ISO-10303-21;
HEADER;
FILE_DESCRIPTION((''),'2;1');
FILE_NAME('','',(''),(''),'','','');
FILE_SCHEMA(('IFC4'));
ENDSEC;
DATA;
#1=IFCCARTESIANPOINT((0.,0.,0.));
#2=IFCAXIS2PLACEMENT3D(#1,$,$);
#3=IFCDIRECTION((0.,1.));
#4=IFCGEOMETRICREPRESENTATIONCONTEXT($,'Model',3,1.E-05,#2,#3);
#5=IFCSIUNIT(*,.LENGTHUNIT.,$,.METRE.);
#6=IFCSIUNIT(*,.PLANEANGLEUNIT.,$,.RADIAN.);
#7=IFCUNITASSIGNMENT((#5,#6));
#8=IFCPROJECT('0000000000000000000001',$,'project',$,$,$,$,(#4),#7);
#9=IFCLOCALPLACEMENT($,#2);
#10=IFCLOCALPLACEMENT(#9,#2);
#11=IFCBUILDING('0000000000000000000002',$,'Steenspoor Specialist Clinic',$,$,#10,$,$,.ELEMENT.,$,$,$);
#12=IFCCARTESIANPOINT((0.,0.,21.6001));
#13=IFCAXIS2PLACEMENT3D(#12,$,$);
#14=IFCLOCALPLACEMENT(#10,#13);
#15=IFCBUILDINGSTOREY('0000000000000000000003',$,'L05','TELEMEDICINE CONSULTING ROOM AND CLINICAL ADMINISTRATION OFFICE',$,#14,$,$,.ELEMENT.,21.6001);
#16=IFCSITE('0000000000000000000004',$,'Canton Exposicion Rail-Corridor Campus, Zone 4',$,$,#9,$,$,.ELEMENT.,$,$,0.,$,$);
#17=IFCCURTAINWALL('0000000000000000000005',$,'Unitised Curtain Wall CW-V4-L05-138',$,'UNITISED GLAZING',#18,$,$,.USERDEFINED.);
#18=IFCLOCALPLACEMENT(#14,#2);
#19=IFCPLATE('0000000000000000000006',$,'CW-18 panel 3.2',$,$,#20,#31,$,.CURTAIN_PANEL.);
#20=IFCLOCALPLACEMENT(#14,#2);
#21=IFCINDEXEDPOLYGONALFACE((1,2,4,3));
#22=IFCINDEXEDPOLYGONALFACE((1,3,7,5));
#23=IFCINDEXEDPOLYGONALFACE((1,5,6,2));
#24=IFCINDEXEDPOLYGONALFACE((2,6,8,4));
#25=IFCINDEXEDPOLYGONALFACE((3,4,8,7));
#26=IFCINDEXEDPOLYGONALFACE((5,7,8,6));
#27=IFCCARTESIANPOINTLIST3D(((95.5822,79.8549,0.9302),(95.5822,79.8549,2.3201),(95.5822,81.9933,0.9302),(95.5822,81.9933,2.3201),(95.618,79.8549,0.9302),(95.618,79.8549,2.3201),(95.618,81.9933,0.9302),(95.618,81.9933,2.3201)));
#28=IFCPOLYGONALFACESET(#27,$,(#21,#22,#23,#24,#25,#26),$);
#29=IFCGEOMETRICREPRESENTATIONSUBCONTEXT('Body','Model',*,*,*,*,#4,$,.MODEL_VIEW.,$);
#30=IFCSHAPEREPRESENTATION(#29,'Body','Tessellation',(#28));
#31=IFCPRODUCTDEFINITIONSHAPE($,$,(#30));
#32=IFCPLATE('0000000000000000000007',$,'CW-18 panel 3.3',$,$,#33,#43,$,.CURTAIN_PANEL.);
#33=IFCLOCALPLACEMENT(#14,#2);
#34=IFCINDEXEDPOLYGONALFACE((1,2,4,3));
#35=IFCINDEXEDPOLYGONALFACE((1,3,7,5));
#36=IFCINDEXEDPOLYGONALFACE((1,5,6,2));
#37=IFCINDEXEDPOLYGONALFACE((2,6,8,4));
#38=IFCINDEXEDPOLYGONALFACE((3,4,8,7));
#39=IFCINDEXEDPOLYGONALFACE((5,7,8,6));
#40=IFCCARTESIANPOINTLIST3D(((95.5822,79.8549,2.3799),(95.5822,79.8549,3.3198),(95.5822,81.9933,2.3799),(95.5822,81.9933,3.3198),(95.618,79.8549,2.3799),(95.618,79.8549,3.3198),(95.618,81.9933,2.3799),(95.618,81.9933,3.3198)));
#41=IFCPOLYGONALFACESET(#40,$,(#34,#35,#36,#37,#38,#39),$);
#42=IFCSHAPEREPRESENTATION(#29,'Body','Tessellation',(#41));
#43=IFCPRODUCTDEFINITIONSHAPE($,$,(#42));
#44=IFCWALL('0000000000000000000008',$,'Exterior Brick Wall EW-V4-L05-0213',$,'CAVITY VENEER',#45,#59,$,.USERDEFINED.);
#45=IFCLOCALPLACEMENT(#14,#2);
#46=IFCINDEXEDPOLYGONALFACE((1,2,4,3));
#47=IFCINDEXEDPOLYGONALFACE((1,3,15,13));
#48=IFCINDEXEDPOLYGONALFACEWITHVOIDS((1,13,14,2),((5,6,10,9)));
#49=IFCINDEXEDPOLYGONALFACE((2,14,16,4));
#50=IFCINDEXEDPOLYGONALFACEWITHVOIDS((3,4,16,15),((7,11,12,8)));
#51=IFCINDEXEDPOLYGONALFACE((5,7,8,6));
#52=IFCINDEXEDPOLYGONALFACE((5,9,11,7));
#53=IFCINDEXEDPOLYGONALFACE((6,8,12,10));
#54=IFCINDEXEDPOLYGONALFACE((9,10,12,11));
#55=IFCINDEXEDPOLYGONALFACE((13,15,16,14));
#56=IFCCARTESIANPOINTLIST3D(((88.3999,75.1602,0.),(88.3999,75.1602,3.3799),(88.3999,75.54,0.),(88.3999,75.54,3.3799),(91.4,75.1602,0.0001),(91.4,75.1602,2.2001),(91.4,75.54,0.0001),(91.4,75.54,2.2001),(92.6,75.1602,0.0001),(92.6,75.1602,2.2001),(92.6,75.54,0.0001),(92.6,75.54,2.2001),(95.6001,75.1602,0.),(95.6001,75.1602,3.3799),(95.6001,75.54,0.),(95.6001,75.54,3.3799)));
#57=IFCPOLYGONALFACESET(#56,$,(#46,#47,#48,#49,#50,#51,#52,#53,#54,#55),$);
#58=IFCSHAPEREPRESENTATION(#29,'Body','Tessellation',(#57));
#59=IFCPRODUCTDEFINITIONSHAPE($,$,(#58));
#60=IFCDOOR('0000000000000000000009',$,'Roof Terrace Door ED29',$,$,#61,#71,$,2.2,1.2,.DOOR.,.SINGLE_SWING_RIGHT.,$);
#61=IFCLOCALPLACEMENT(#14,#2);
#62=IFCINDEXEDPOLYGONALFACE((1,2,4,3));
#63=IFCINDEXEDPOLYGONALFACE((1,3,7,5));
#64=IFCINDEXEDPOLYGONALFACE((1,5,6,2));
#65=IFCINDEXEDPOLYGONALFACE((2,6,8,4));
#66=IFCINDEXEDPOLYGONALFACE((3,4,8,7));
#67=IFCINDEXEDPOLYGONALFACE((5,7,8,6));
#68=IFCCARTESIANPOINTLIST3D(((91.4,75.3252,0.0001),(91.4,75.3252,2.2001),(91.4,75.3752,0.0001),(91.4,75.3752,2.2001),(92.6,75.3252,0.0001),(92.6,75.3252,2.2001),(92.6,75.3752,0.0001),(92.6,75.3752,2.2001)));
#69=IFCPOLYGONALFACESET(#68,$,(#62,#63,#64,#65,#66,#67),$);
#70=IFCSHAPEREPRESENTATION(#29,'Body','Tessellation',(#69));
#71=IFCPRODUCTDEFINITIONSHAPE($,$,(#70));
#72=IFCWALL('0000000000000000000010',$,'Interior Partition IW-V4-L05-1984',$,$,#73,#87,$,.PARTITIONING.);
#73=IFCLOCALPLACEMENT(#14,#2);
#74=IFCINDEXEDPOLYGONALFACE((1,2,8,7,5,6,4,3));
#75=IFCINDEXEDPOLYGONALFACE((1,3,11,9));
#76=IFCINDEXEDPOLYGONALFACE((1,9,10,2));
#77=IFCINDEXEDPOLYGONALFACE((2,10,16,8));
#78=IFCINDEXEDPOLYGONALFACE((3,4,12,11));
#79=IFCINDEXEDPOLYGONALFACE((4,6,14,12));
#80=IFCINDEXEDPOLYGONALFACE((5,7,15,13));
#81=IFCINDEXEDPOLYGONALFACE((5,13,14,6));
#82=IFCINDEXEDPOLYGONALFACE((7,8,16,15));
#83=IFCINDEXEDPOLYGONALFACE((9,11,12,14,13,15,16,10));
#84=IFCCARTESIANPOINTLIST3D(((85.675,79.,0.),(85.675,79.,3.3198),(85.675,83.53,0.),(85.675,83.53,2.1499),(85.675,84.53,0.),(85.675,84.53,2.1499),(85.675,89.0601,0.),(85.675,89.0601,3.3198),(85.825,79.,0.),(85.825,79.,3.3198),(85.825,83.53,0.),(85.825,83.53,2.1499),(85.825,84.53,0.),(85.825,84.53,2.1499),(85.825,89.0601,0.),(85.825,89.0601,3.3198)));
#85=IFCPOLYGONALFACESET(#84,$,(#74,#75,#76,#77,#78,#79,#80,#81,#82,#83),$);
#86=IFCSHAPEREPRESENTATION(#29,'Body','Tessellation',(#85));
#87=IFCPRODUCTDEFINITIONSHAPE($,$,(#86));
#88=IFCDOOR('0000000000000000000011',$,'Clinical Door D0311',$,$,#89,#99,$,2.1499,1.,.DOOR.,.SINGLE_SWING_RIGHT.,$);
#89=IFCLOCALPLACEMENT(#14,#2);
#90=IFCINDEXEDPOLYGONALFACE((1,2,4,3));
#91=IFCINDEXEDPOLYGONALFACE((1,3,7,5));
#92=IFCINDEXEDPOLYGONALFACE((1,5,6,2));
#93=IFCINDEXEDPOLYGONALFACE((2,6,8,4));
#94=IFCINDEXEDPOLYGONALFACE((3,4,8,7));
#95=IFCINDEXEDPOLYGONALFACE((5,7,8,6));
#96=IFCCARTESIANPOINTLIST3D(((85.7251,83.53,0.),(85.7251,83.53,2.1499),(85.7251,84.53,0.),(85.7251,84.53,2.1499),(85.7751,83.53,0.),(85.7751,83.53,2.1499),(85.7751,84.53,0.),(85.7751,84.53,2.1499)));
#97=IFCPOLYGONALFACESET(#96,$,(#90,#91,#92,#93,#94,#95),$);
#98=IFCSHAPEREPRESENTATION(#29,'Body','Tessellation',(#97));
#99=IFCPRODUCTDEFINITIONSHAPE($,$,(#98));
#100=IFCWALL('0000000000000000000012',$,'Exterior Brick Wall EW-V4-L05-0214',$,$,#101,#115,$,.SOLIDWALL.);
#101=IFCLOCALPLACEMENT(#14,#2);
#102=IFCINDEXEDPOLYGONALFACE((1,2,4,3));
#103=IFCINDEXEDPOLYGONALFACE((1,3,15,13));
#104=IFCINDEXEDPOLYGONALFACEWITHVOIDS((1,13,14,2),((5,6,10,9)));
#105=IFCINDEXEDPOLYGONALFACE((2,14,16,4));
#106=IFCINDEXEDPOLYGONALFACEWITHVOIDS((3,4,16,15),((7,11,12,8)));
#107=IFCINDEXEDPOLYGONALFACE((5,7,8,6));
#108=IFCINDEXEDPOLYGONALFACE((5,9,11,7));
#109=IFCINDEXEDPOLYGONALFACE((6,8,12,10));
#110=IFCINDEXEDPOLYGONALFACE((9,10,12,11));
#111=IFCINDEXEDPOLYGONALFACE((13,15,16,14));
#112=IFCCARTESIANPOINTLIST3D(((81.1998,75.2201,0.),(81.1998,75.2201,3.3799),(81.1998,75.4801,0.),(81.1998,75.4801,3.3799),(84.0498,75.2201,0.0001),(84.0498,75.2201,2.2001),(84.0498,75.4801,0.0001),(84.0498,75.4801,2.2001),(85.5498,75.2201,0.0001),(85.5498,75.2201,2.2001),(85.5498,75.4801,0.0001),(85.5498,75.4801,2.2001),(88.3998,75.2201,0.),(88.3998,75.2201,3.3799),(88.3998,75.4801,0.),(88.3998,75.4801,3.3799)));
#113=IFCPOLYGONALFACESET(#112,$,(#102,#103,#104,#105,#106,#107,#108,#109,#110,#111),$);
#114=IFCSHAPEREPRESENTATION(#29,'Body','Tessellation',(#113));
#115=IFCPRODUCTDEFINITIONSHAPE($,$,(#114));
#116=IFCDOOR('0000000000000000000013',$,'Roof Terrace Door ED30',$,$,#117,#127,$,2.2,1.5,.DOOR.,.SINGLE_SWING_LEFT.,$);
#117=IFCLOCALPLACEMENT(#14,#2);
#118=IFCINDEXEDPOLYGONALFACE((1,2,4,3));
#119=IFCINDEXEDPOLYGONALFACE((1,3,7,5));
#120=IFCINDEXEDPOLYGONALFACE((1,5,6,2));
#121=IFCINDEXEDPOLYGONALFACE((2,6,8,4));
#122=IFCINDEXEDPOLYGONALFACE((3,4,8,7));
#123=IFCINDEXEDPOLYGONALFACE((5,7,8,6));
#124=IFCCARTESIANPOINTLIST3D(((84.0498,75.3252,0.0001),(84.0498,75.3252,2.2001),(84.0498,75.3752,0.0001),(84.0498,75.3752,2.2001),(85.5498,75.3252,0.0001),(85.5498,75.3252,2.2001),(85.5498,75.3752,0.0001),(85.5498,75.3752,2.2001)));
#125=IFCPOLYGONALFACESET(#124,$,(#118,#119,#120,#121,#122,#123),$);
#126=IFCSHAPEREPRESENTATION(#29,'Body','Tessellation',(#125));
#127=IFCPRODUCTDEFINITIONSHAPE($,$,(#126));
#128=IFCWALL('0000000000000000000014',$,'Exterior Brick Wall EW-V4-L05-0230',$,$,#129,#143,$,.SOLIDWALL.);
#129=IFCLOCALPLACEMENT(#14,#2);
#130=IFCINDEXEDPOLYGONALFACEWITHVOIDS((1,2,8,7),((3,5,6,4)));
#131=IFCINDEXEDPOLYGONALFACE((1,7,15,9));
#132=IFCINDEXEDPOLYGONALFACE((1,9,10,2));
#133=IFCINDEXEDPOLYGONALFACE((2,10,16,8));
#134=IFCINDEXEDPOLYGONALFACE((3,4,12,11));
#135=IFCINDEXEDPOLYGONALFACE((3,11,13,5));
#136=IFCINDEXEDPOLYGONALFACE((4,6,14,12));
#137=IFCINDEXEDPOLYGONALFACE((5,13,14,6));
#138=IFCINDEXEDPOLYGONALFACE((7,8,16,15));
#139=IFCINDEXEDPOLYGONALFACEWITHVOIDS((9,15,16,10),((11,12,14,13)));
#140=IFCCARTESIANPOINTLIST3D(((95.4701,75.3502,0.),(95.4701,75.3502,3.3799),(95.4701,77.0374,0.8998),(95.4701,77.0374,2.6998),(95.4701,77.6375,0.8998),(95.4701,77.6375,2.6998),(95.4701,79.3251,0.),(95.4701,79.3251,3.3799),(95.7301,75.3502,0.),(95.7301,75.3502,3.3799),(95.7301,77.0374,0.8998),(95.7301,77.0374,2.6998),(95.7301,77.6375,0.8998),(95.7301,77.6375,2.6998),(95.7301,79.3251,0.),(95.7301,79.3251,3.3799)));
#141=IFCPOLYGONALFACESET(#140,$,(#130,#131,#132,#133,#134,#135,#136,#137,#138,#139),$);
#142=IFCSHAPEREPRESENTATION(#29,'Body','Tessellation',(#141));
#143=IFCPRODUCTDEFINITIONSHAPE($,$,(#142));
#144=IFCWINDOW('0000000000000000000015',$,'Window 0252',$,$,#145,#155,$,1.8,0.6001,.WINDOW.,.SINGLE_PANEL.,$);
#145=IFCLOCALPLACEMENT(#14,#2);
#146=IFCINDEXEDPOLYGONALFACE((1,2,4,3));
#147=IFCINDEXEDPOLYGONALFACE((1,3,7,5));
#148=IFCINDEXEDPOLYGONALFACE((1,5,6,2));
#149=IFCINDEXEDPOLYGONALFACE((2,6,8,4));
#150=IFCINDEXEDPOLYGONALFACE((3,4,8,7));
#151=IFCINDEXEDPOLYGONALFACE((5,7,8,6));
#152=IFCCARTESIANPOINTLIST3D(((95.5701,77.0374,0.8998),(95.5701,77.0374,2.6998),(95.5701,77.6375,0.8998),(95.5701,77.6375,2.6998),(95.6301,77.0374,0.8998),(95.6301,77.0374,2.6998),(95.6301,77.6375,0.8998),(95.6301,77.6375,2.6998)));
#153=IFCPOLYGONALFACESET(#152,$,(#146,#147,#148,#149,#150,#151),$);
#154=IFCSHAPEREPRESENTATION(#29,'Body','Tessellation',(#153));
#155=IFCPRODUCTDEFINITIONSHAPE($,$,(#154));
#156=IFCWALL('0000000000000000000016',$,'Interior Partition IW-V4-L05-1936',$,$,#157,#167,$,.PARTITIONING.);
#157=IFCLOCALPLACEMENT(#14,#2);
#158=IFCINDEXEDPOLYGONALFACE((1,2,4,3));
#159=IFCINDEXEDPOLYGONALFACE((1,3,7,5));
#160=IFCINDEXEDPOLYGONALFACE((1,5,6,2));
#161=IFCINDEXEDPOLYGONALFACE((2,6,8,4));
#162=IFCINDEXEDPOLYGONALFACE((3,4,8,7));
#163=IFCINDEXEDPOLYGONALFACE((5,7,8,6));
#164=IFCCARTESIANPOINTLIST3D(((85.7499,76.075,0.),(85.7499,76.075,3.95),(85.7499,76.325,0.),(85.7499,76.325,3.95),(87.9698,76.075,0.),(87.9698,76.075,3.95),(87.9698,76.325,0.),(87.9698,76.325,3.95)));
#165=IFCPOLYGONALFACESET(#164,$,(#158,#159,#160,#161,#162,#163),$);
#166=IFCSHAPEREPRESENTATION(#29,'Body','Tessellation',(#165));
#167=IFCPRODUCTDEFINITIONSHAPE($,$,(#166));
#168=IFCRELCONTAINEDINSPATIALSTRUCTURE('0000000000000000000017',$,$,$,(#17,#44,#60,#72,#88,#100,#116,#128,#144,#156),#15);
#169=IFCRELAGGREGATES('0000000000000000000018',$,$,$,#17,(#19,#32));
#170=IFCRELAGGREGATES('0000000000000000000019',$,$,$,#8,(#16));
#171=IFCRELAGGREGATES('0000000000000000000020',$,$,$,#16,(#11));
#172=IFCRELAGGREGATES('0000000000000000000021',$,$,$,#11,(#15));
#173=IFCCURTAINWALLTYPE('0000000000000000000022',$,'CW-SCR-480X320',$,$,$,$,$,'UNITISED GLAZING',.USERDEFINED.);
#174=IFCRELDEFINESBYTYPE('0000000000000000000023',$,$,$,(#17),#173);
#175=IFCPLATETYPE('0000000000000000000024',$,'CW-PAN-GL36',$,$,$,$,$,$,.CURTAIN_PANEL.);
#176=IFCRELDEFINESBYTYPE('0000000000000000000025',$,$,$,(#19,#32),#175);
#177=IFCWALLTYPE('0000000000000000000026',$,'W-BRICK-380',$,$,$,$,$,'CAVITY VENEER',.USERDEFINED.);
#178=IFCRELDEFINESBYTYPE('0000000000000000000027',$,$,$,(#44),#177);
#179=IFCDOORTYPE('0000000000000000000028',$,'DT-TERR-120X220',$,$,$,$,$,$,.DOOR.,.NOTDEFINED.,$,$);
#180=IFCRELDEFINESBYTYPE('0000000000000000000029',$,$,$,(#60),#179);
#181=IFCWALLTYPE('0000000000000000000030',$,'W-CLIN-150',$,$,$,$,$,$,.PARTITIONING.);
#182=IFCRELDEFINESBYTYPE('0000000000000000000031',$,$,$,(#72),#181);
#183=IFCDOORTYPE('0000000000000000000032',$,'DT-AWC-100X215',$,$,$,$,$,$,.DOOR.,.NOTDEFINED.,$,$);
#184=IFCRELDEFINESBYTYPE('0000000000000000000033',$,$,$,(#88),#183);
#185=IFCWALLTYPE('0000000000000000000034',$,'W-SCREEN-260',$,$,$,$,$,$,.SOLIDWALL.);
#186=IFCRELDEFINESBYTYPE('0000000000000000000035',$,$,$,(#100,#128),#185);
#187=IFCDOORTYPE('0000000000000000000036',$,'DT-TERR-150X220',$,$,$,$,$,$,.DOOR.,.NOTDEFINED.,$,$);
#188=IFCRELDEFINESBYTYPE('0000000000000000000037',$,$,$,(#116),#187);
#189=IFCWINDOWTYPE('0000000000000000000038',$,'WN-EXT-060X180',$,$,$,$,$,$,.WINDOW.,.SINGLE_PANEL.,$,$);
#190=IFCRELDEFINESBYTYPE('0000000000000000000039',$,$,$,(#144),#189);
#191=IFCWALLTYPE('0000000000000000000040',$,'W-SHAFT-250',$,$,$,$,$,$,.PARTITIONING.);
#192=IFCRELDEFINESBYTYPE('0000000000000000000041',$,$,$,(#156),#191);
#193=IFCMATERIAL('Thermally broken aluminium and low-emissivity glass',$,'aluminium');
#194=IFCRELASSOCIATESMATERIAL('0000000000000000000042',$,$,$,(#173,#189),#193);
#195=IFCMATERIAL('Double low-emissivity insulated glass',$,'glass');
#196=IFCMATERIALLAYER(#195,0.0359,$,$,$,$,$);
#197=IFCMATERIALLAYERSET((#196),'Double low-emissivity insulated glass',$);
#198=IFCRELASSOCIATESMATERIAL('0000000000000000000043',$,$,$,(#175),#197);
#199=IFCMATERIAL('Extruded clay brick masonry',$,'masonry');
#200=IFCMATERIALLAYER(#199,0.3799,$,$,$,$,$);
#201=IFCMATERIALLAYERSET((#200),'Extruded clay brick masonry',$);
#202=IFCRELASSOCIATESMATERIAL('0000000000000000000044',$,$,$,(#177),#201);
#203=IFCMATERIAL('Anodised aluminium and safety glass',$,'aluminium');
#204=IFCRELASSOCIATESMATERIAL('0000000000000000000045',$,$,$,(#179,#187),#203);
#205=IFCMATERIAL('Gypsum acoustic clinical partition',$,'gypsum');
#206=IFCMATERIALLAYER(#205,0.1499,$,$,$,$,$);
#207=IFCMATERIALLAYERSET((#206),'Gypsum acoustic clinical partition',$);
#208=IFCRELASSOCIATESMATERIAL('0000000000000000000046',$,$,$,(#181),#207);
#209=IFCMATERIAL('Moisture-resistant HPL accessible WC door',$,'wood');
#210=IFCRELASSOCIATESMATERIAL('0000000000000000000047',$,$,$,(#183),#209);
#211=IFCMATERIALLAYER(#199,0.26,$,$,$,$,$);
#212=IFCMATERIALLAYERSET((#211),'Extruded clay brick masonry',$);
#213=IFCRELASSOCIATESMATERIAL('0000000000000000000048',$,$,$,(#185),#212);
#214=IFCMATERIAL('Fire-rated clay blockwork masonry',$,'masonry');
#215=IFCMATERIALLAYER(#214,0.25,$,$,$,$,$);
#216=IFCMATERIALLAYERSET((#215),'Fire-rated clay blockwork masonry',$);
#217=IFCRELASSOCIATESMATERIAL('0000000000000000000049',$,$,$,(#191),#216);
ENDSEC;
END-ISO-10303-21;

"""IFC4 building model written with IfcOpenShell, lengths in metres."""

from ifc_helpers import new_model, si_unit, direction, frame, frame_2d, origin, origin_2d, place, context, subcontext, project, spatial, rectangle, extrude, material, layer, layer_set, type_object, element, fill, aggregate, save


model = new_model("IFC4")

# Units and contexts
model_context = context("Model", 3, precision=1e-05, world=origin(), true_north=direction((0.0, 1.0)))
body_context = subcontext(model_context, "Body", "Model", "MODEL_VIEW")
ifc_project = project(units=[si_unit("LENGTHUNIT", "METRE"), si_unit("PLANEANGLEUNIT", "RADIAN")], contexts=[model_context])

# Site, building, storey
site_placement = place(None, origin())
site = spatial("IfcSite", under=ifc_project, at=site_placement, Name="Canton Exposicion Rail-Corridor Campus, Zone 4", CompositionType="ELEMENT", RefElevation=0.0)
building_placement = place(site_placement, origin())
building = spatial("IfcBuilding", under=site, at=building_placement, Name="Steenspoor Specialist Clinic", CompositionType="ELEMENT")
storey_placement = place(building_placement, frame((0.0, 0.0, 21.6001)))
storey = spatial("IfcBuildingStorey", under=building, at=storey_placement, Name="L05", Description="TELEMEDICINE CONSULTING ROOM AND CLINICAL ADMINISTRATION OFFICE", CompositionType="ELEMENT", Elevation=21.6001)

# Curtain wall, plates
ifc_material_1 = material(Name="Thermally broken aluminium and low-emissivity glass", Category="aluminium")
curtain_wall_type = type_object("IfcCurtainWallType", Name="CW-SCR-480X320", ElementType="UNITISED GLAZING", PredefinedType="USERDEFINED", material=ifc_material_1)
curtain_wall_placement = place(storey_placement, origin())
curtain_wall = element("IfcCurtainWall", 1, at=curtain_wall_placement, inside=storey, type_object=curtain_wall_type, Name="Unitised Curtain Wall CW-V4-L05-138", ObjectType="UNITISED GLAZING", PredefinedType="USERDEFINED")
ifc_material_2 = material(Name="Double low-emissivity insulated glass", Category="glass")
ifc_layer_1 = layer(ifc_material_2, 0.0359)
ifc_layer_set_1 = layer_set([ifc_layer_1], Name="Double low-emissivity insulated glass")
plate_type = type_object("IfcPlateType", Name="CW-PAN-GL36", PredefinedType="CURTAIN_PANEL", material=ifc_layer_set_1)
plate_1_placement = place(storey_placement, frame((95.6001, 80.9241, 0.9302), z_axis=(0.0, 0.0, 1.0), x_axis=(0.0, -1.0, 0.0)))
plate_1 = element("IfcPlate", 2, at=plate_1_placement, type_object=plate_type, Name="CW-18 panel 3.2", PredefinedType="CURTAIN_PANEL", context=body_context, shape_type="SweptSolid", body=[
    extrude(rectangle(XDim=2.1384, YDim=0.0359, at=origin_2d()), origin(), (0.0, 0.0, 1.0), 1.3899),
])
plate_2_placement = place(storey_placement, frame((95.6001, 80.9241, 2.3799), z_axis=(0.0, 0.0, 1.0), x_axis=(0.0, -1.0, 0.0)))
plate_2 = element("IfcPlate", 3, at=plate_2_placement, type_object=plate_type, Name="CW-18 panel 3.3", PredefinedType="CURTAIN_PANEL", context=body_context, shape_type="SweptSolid", body=[
    extrude(rectangle(XDim=2.1384, YDim=0.0359, at=origin_2d()), origin(), (0.0, 0.0, 1.0), 0.9399),
])
aggregate(curtain_wall, [plate_1, plate_2])

# Walls, openings, doors
ifc_material_3 = material(Name="Extruded clay brick masonry", Category="masonry")
ifc_layer_2 = layer(ifc_material_3, 0.3799)
ifc_layer_set_2 = layer_set([ifc_layer_2], Name="Extruded clay brick masonry")
wall_type_1 = type_object("IfcWallType", Name="W-BRICK-380", ElementType="CAVITY VENEER", PredefinedType="USERDEFINED", material=ifc_layer_set_2)
wall_1_placement = place(storey_placement, frame((95.6001, 75.3501, 0.0), z_axis=(0.0, 0.0, 1.0), x_axis=(-1.0, 0.0, 0.0)))
wall_1 = element("IfcWall", 4, at=wall_1_placement, inside=storey, type_object=wall_type_1, Name="Exterior Brick Wall EW-V4-L05-0213", ObjectType="CAVITY VENEER", PredefinedType="USERDEFINED", context=body_context, shape_type="SweptSolid", body=[
    extrude(rectangle(XDim=7.2002, YDim=0.3799, at=frame_2d((3.6001, 0.0))), origin(), (0.0, 0.0, 1.0), 3.3799),
])
opening_1_placement = place(wall_1_placement, frame((3.0, 0.0, 0.0)))
opening_1 = element("IfcOpeningElement", 5, at=opening_1_placement, cuts=wall_1, PredefinedType="OPENING", context=body_context, shape_type="SweptSolid", body=[
    extrude(rectangle(XDim=1.2, YDim=2.2, at=frame_2d((0.6001, 1.1001))), frame((0.0, 0.2, 0.0), z_axis=(0.0, -1.0, 0.0), x_axis=(1.0, 0.0, 0.0)), (0.0, 0.0, 1.0), 0.3999),
])
ifc_material_4 = material(Name="Anodised aluminium and safety glass", Category="aluminium")
door_type_1 = type_object("IfcDoorType", Name="DT-TERR-120X220", OperationType="NOTDEFINED", PredefinedType="DOOR", material=ifc_material_4)
door_1_placement = place(opening_1_placement, origin())
door_1 = element("IfcDoor", 6, at=door_1_placement, inside=storey, type_object=door_type_1, Name="Roof Terrace Door ED29", OperationType="SINGLE_SWING_RIGHT", OverallHeight=2.2, OverallWidth=1.2, PredefinedType="DOOR", context=body_context, shape_type="SweptSolid", body=[
    extrude(rectangle(XDim=1.2, YDim=2.2, at=frame_2d((0.6001, 1.1001))), frame((0.0, 0.0249, 0.0), z_axis=(0.0, -1.0, 0.0), x_axis=(1.0, 0.0, 0.0)), (0.0, 0.0, 1.0), 0.05),
])
fill(opening_1, door_1)
ifc_material_5 = material(Name="Gypsum acoustic clinical partition", Category="gypsum")
ifc_layer_3 = layer(ifc_material_5, 0.1499)
ifc_layer_set_3 = layer_set([ifc_layer_3], Name="Gypsum acoustic clinical partition")
wall_type_2 = type_object("IfcWallType", Name="W-CLIN-150", PredefinedType="PARTITIONING", material=ifc_layer_set_3)
wall_2_placement = place(storey_placement, frame((85.75, 79.0, 0.0), z_axis=(0.0, 0.0, 1.0), x_axis=(0.0, 1.0, 0.0)))
wall_2 = element("IfcWall", 7, at=wall_2_placement, inside=storey, type_object=wall_type_2, Name="Interior Partition IW-V4-L05-1984", PredefinedType="PARTITIONING", context=body_context, shape_type="SweptSolid", body=[
    extrude(rectangle(XDim=10.0601, YDim=0.1499, at=frame_2d((5.03, 0.0))), origin(), (0.0, 0.0, 1.0), 3.3198),
])
opening_2_placement = place(wall_2_placement, frame((4.53, 0.0, 0.0)))
opening_2 = element("IfcOpeningElement", 8, at=opening_2_placement, cuts=wall_2, PredefinedType="OPENING", context=body_context, shape_type="SweptSolid", body=[
    extrude(rectangle(XDim=1.0, YDim=2.1499, at=frame_2d((0.5, 1.075))), frame((0.0, 0.085, 0.0), z_axis=(0.0, -1.0, 0.0), x_axis=(1.0, 0.0, 0.0)), (0.0, 0.0, 1.0), 0.1699),
])
ifc_material_6 = material(Name="Moisture-resistant HPL accessible WC door", Category="wood")
door_type_2 = type_object("IfcDoorType", Name="DT-AWC-100X215", OperationType="NOTDEFINED", PredefinedType="DOOR", material=ifc_material_6)
door_2_placement = place(opening_2_placement, origin())
door_2 = element("IfcDoor", 9, at=door_2_placement, inside=storey, type_object=door_type_2, Name="Clinical Door D0311", OperationType="SINGLE_SWING_RIGHT", OverallHeight=2.1499, OverallWidth=1.0, PredefinedType="DOOR", context=body_context, shape_type="SweptSolid", body=[
    extrude(rectangle(XDim=1.0, YDim=2.1499, at=frame_2d((0.5, 1.075))), frame((0.0, 0.0249, 0.0), z_axis=(0.0, -1.0, 0.0), x_axis=(1.0, 0.0, 0.0)), (0.0, 0.0, 1.0), 0.05),
])
fill(opening_2, door_2)
ifc_layer_4 = layer(ifc_material_3, 0.26)
ifc_layer_set_4 = layer_set([ifc_layer_4], Name="Extruded clay brick masonry")
wall_type_3 = type_object("IfcWallType", Name="W-SCREEN-260", PredefinedType="SOLIDWALL", material=ifc_layer_set_4)
wall_3_placement = place(storey_placement, frame((88.3999, 75.3501, 0.0), z_axis=(0.0, 0.0, 1.0), x_axis=(-1.0, 0.0, 0.0)))
wall_3 = element("IfcWall", 10, at=wall_3_placement, inside=storey, type_object=wall_type_3, Name="Exterior Brick Wall EW-V4-L05-0214", PredefinedType="SOLIDWALL", context=body_context, shape_type="SweptSolid", body=[
    extrude(rectangle(XDim=7.2, YDim=0.26, at=frame_2d((3.6001, 0.0))), origin(), (0.0, 0.0, 1.0), 3.3799),
])
opening_3_placement = place(wall_3_placement, frame((2.8501, 0.0, 0.0)))
opening_3 = element("IfcOpeningElement", 11, at=opening_3_placement, cuts=wall_3, PredefinedType="OPENING", context=body_context, shape_type="SweptSolid", body=[
    extrude(rectangle(XDim=1.5, YDim=2.2, at=frame_2d((0.75, 1.1001))), frame((0.0, 0.1401, 0.0), z_axis=(0.0, -1.0, 0.0), x_axis=(1.0, 0.0, 0.0)), (0.0, 0.0, 1.0), 0.28),
])
door_type_3 = type_object("IfcDoorType", Name="DT-TERR-150X220", OperationType="NOTDEFINED", PredefinedType="DOOR", material=ifc_material_4)
door_3_placement = place(opening_3_placement, origin())
door_3 = element("IfcDoor", 12, at=door_3_placement, inside=storey, type_object=door_type_3, Name="Roof Terrace Door ED30", OperationType="SINGLE_SWING_LEFT", OverallHeight=2.2, OverallWidth=1.5, PredefinedType="DOOR", context=body_context, shape_type="SweptSolid", body=[
    extrude(rectangle(XDim=1.5, YDim=2.2, at=frame_2d((0.75, 1.1001))), frame((0.0, 0.0249, 0.0), z_axis=(0.0, -1.0, 0.0), x_axis=(1.0, 0.0, 0.0)), (0.0, 0.0, 1.0), 0.05),
])
fill(opening_3, door_3)

# Wall, opening, window
wall_4_placement = place(storey_placement, frame((95.6001, 79.325, 0.0), z_axis=(0.0, 0.0, 1.0), x_axis=(0.0, -1.0, 0.0)))
wall_4 = element("IfcWall", 13, at=wall_4_placement, inside=storey, type_object=wall_type_3, Name="Exterior Brick Wall EW-V4-L05-0230", PredefinedType="SOLIDWALL", context=body_context, shape_type="SweptSolid", body=[
    extrude(rectangle(XDim=3.9749, YDim=0.26, at=frame_2d((1.9873, 0.0))), origin(), (0.0, 0.0, 1.0), 3.3799),
])
opening_4_placement = place(wall_4_placement, frame((1.6875, 0.0, 0.8999)))
opening_4 = element("IfcOpeningElement", 14, at=opening_4_placement, cuts=wall_4, PredefinedType="OPENING", context=body_context, shape_type="SweptSolid", body=[
    extrude(rectangle(XDim=0.6001, YDim=1.8, at=frame_2d((0.3, 0.8999))), frame((0.0, 0.1401, 0.0), z_axis=(0.0, -1.0, 0.0), x_axis=(1.0, 0.0, 0.0)), (0.0, 0.0, 1.0), 0.28),
])
window_type = type_object("IfcWindowType", Name="WN-EXT-060X180", PartitioningType="SINGLE_PANEL", PredefinedType="WINDOW", material=ifc_material_1)
window_placement = place(opening_4_placement, origin())
window = element("IfcWindow", 15, at=window_placement, inside=storey, type_object=window_type, Name="Window 0252", OverallHeight=1.8, OverallWidth=0.6001, PartitioningType="SINGLE_PANEL", PredefinedType="WINDOW", context=body_context, shape_type="SweptSolid", body=[
    extrude(rectangle(XDim=0.6001, YDim=1.8, at=frame_2d((0.3, 0.8999))), frame((0.0, 0.03, 0.0), z_axis=(0.0, -1.0, 0.0), x_axis=(1.0, 0.0, 0.0)), (0.0, 0.0, 1.0), 0.0601),
])
fill(opening_4, window)

# Wall
ifc_material_7 = material(Name="Fire-rated clay blockwork masonry", Category="masonry")
ifc_layer_5 = layer(ifc_material_7, 0.25)
ifc_layer_set_5 = layer_set([ifc_layer_5], Name="Fire-rated clay blockwork masonry")
wall_type_4 = type_object("IfcWallType", Name="W-SHAFT-250", PredefinedType="PARTITIONING", material=ifc_layer_set_5)
wall_5_placement = place(storey_placement, frame((85.75, 76.2, 0.0), z_axis=(0.0, 0.0, 1.0), x_axis=(1.0, 0.0, 0.0)))
element("IfcWall", 16, at=wall_5_placement, inside=storey, type_object=wall_type_4, Name="Interior Partition IW-V4-L05-1936", PredefinedType="PARTITIONING", context=body_context, shape_type="SweptSolid", body=[
    extrude(rectangle(XDim=2.22, YDim=0.25, at=frame_2d((1.1099, 0.0))), origin(), (0.0, 0.0, 1.0), 3.95),
])

save(model, "model.ifc")
